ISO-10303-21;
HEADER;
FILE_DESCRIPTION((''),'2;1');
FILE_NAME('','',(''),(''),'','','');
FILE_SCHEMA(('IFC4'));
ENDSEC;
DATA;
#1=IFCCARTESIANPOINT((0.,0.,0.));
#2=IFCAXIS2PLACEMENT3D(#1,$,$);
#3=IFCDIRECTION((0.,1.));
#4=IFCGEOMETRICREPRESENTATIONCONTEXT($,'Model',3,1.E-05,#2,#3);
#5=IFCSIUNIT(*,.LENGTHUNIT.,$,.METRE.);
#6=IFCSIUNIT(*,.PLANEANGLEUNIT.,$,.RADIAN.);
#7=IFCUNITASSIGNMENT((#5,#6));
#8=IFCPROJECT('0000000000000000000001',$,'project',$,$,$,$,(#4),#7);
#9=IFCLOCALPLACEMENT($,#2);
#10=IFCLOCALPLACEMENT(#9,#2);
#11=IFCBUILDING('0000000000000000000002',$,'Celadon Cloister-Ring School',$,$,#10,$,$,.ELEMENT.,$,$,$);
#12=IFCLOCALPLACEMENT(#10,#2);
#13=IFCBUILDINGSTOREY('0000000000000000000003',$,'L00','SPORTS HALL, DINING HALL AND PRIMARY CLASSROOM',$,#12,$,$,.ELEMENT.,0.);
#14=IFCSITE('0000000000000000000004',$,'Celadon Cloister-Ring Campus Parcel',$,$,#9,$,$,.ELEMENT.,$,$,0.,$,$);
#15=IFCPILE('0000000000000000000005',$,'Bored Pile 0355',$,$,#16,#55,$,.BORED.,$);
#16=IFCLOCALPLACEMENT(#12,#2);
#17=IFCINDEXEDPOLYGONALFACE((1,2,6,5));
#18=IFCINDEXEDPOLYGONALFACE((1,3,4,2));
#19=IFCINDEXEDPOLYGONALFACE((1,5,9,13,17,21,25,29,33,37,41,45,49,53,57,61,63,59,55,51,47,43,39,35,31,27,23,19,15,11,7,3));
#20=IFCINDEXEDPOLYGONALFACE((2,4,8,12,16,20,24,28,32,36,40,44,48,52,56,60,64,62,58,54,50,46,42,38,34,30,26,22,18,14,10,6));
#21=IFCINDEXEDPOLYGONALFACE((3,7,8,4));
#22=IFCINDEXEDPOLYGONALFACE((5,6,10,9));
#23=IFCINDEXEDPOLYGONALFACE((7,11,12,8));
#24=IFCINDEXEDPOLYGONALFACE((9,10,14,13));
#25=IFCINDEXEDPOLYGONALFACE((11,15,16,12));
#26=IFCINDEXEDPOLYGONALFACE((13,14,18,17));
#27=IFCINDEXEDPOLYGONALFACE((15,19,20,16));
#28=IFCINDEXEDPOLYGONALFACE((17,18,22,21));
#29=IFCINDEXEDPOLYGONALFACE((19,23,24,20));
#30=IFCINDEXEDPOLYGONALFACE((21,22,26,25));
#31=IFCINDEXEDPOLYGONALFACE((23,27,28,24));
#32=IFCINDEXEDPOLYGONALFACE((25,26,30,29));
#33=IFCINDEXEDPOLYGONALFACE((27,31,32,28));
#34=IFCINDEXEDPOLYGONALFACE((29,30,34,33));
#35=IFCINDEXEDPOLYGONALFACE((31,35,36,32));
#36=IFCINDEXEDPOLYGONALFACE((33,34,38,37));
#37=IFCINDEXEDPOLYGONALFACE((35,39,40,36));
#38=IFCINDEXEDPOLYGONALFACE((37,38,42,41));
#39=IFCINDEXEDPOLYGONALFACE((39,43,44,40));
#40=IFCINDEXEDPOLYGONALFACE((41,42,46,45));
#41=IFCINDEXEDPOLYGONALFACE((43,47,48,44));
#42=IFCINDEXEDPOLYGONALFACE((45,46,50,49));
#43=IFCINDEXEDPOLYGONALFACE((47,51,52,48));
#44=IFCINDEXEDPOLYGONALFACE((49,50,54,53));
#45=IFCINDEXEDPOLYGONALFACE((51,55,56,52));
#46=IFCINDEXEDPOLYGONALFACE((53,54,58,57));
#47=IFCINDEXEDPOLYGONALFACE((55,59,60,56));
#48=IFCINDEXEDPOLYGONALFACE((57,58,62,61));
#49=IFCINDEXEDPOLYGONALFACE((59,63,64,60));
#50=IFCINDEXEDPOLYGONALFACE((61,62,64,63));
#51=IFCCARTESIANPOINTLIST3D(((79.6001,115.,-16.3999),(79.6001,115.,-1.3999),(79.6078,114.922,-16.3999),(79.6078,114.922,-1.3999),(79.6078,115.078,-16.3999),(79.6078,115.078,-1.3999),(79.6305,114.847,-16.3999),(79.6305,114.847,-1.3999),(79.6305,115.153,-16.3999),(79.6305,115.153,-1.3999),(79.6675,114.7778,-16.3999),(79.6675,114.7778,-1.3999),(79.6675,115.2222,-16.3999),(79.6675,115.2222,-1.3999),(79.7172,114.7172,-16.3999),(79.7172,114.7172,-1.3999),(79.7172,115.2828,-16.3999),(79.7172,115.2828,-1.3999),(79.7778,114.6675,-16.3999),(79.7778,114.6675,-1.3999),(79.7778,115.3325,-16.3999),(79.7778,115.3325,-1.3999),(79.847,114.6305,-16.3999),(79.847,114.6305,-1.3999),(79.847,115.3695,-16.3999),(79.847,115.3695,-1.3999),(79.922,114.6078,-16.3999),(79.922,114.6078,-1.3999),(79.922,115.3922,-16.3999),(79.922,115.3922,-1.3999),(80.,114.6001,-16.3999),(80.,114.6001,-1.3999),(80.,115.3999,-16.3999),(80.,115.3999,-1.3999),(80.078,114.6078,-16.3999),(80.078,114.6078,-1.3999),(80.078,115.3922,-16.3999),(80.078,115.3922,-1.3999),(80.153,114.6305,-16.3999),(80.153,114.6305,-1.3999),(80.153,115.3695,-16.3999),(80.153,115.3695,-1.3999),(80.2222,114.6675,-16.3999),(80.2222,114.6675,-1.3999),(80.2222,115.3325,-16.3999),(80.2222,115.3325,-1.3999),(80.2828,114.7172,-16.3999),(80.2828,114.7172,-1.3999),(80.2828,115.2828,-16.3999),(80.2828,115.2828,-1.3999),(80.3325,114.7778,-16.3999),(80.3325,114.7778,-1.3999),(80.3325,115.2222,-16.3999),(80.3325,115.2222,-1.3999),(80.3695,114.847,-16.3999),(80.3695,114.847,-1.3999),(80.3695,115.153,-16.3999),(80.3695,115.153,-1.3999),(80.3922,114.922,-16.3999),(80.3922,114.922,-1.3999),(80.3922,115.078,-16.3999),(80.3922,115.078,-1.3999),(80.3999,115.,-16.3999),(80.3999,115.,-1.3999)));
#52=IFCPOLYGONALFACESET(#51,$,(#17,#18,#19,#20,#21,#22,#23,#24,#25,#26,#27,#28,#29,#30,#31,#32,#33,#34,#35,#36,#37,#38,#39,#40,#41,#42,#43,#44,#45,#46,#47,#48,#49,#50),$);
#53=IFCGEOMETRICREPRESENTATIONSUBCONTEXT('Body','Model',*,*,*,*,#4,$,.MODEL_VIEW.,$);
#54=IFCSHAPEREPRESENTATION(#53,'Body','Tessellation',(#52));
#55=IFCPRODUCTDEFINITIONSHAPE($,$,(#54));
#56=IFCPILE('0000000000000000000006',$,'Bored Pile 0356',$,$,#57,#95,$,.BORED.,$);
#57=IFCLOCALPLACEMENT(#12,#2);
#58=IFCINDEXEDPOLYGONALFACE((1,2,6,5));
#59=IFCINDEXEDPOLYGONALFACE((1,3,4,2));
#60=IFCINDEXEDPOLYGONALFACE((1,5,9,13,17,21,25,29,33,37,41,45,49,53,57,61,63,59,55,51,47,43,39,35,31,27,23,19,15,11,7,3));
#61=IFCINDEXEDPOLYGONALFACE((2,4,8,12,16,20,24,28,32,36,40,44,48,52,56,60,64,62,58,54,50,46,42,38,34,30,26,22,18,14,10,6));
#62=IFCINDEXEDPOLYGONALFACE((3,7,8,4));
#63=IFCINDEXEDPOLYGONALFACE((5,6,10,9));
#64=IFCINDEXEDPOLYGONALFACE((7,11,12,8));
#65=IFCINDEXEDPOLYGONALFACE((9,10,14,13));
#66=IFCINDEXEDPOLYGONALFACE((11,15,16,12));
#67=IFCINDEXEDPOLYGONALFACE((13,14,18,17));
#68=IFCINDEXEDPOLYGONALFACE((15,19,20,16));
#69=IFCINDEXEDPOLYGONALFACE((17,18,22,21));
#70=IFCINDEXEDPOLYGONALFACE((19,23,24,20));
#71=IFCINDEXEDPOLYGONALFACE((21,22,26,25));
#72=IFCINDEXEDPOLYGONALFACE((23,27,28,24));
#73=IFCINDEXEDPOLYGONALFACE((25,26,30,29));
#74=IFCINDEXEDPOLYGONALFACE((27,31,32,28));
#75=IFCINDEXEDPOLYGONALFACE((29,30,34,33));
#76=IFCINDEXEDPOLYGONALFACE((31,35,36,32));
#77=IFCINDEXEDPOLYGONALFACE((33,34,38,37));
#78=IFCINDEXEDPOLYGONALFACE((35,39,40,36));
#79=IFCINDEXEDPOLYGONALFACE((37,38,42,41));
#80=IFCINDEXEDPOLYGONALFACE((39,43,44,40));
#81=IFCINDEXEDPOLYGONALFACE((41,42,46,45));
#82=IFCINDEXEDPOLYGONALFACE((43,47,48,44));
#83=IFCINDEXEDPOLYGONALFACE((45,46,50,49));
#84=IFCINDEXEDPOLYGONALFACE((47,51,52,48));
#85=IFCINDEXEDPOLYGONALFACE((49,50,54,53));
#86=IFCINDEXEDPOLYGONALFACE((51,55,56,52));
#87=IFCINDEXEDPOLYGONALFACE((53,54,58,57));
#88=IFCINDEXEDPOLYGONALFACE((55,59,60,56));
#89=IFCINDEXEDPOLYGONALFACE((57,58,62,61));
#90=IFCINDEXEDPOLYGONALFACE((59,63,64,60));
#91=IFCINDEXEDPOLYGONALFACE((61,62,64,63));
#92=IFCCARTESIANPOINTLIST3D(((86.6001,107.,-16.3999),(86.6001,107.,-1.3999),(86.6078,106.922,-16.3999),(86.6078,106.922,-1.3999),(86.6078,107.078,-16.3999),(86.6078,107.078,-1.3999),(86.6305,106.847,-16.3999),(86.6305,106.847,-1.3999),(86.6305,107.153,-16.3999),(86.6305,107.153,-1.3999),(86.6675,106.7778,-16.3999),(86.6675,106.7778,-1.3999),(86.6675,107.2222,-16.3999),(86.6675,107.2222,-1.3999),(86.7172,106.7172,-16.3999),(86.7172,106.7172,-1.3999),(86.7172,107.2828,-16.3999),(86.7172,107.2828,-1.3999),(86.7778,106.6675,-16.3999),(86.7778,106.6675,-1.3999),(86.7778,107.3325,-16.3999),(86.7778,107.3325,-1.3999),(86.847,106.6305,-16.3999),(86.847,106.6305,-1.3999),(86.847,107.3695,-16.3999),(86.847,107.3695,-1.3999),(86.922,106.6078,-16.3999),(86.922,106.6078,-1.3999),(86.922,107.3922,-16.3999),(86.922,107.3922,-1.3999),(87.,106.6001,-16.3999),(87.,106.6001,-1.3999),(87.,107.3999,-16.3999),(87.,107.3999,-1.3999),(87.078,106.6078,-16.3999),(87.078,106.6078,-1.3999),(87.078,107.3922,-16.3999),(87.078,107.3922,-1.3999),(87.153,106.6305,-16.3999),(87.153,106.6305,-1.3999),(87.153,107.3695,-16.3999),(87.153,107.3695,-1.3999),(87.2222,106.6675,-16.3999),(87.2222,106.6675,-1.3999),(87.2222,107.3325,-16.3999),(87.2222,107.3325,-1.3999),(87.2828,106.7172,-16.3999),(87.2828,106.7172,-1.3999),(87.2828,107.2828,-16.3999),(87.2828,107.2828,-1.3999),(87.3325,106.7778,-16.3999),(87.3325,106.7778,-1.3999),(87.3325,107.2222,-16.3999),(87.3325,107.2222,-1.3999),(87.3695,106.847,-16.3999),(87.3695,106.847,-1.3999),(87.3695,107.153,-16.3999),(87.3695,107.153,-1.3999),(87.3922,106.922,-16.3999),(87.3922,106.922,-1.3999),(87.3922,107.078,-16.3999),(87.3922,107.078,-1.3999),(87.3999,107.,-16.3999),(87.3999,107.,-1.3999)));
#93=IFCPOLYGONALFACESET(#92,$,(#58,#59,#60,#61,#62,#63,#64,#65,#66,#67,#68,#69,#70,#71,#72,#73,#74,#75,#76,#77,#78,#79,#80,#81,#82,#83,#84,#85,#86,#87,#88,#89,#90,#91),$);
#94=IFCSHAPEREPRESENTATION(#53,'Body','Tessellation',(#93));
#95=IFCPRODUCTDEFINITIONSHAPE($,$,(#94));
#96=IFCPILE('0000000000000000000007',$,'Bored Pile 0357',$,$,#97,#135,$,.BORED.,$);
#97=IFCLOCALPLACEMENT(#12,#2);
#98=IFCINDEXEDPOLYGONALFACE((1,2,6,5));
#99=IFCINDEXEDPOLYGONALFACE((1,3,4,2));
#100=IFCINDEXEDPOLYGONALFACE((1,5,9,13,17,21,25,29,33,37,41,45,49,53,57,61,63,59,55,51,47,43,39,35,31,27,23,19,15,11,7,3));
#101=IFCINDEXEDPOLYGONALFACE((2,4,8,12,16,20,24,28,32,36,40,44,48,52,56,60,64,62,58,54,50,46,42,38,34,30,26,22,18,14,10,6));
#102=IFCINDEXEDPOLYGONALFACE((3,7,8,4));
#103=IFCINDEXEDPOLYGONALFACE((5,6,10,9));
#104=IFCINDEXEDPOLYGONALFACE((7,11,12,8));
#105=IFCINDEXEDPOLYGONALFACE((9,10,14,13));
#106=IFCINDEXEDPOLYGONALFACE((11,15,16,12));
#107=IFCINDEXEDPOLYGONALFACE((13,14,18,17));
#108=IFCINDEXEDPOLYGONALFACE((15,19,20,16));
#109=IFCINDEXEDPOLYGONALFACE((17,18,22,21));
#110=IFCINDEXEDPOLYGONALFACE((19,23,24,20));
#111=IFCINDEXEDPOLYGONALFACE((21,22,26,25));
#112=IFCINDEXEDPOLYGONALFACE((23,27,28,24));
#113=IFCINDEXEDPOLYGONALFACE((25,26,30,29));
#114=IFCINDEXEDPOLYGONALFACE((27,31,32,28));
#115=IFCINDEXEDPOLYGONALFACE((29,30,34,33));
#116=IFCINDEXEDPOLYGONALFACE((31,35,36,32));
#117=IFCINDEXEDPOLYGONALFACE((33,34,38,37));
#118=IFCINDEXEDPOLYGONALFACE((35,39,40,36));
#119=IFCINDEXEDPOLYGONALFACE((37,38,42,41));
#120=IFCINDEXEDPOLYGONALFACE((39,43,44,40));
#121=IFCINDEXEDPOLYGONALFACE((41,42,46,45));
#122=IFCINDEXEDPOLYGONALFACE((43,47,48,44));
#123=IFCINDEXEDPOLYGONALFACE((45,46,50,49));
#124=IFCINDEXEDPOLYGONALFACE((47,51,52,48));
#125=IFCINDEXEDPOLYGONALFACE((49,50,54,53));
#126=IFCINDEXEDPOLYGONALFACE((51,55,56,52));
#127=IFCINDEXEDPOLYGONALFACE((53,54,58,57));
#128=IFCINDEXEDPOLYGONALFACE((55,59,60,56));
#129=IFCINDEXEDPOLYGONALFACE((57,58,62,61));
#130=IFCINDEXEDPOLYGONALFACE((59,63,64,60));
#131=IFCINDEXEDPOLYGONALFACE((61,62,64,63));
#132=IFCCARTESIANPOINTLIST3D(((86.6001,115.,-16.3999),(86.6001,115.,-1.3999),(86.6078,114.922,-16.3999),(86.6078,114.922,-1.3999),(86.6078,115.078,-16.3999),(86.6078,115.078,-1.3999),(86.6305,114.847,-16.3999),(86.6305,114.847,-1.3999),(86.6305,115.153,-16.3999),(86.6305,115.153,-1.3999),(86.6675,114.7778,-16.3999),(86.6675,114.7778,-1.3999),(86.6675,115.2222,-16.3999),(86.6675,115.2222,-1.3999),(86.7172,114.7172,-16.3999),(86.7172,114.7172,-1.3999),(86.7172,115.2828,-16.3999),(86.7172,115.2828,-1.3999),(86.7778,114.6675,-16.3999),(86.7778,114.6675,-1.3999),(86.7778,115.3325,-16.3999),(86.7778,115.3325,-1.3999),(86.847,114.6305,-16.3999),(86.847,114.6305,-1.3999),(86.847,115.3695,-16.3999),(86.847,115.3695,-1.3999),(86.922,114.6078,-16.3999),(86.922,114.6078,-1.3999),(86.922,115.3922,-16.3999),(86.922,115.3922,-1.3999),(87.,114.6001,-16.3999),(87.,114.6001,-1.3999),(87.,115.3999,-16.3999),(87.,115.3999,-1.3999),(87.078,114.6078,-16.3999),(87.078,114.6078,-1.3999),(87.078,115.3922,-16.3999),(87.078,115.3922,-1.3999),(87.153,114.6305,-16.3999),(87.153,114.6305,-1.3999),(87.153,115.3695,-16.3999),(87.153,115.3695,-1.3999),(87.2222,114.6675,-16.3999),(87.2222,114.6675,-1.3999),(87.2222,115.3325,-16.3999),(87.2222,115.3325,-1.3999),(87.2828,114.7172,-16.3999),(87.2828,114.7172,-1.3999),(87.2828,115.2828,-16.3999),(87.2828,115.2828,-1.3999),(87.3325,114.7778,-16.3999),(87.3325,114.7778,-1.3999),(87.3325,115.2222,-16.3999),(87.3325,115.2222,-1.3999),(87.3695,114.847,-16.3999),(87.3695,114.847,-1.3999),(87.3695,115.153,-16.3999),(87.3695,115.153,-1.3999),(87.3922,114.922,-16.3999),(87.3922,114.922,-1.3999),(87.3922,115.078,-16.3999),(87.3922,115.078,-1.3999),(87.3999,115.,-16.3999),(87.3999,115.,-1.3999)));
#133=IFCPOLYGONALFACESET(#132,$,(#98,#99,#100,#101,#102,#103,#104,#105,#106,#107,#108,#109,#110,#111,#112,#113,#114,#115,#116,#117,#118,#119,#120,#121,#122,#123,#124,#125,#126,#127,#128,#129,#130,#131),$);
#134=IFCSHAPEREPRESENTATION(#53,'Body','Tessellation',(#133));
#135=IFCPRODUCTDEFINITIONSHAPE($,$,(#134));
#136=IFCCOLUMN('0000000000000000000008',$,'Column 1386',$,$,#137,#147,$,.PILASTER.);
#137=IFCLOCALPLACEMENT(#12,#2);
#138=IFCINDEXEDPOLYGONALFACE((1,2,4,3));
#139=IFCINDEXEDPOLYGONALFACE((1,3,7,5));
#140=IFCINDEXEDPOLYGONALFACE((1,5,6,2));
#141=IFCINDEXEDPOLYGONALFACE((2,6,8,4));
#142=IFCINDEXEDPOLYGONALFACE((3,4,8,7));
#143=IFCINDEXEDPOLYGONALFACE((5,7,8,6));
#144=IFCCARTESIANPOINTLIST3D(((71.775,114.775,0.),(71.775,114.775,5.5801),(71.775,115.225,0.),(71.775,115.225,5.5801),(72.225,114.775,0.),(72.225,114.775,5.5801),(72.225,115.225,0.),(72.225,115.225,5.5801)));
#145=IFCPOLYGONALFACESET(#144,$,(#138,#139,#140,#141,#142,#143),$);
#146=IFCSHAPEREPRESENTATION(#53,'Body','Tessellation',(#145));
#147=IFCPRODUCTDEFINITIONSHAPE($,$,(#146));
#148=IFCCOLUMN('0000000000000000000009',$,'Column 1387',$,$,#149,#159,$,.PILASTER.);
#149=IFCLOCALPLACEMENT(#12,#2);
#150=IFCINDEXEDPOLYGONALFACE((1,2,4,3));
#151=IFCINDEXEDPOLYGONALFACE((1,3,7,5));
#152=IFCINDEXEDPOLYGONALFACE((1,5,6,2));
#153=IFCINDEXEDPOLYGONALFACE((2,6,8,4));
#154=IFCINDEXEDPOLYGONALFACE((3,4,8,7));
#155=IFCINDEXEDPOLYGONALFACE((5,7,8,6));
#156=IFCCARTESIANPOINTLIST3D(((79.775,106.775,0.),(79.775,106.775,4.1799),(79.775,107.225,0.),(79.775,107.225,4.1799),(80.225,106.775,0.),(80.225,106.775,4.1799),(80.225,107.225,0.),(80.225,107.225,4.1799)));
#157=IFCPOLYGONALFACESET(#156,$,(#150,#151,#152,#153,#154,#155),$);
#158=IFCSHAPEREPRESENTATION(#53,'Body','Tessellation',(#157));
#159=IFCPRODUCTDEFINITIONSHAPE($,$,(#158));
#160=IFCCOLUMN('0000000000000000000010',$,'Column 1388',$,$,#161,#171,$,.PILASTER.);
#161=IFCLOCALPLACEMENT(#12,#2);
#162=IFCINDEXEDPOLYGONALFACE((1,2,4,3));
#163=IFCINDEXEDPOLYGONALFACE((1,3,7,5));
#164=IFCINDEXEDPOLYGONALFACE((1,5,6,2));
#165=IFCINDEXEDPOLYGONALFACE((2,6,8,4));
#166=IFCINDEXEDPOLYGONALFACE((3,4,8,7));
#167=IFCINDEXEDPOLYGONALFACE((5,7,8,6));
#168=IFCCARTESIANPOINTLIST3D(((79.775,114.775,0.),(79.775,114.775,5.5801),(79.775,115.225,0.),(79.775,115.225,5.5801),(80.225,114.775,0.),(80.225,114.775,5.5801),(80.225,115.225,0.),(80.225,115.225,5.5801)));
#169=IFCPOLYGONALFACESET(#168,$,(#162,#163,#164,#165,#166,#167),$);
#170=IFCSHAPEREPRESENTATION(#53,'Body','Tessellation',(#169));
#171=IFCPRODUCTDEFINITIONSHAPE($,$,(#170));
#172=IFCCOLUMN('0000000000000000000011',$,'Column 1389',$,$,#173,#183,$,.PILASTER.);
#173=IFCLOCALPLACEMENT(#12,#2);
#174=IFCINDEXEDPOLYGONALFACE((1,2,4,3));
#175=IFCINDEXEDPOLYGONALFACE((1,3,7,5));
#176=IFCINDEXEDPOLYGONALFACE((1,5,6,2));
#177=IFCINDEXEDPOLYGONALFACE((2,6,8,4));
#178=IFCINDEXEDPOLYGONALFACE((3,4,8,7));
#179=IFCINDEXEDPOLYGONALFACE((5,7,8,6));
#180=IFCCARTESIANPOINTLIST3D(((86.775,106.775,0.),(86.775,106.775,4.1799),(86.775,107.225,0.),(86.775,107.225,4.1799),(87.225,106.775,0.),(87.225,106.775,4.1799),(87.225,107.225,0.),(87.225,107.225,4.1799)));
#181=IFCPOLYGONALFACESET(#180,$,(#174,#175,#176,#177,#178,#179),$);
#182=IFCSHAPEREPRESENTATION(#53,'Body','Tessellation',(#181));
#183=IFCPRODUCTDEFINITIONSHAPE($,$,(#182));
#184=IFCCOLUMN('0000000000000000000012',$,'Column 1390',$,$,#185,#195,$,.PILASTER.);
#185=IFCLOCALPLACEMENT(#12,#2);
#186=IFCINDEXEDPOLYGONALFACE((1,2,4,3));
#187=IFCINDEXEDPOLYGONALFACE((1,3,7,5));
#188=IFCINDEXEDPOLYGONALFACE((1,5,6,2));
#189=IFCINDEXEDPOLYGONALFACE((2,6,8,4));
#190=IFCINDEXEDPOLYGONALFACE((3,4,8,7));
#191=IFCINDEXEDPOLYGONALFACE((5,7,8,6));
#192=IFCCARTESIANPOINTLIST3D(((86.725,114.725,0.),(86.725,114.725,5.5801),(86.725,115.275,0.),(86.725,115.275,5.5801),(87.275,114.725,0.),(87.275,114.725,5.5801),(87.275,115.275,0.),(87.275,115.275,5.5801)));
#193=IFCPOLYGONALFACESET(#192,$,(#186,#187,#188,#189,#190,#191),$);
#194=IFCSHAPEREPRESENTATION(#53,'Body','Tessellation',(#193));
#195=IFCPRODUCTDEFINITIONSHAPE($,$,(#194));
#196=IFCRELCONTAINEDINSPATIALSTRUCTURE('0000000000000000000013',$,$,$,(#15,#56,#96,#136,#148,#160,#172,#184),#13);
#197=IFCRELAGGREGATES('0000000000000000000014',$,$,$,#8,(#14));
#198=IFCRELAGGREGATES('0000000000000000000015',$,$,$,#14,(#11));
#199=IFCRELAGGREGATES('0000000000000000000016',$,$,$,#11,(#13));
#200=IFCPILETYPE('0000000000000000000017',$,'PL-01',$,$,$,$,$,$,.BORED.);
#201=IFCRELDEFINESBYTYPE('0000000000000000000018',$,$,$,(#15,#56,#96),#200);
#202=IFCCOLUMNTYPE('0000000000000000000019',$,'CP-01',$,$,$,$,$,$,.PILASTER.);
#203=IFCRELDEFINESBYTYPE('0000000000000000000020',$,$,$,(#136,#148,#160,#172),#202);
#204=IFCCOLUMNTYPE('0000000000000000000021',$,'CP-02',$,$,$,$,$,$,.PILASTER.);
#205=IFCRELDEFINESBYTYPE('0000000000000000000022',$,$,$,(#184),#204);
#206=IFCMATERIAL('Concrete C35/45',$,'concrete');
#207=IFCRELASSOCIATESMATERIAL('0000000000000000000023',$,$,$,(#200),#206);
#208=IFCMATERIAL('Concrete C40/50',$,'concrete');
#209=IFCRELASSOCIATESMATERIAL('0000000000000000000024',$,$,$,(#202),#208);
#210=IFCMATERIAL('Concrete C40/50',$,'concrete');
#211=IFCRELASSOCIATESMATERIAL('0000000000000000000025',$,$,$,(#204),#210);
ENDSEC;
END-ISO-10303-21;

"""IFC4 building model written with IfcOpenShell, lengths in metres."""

from ifc_helpers import new_model, si_unit, direction, frame, origin, origin_2d, place, context, subcontext, project, spatial, rectangle, circle, extrude, material, material_profile, profile_set, type_object, element, save


model = new_model("IFC4")

# Units and contexts
model_context = context("Model", 3, precision=1e-05, world=origin(), true_north=direction((0.0, 1.0)))
body_context = subcontext(model_context, "Body", "Model", "MODEL_VIEW")
ifc_project = project(units=[si_unit("LENGTHUNIT", "METRE"), si_unit("PLANEANGLEUNIT", "RADIAN")], contexts=[model_context])

# Site, building, storey
site_placement = place(None, origin())
site = spatial("IfcSite", under=ifc_project, at=site_placement, Name="Celadon Cloister-Ring Campus Parcel", CompositionType="ELEMENT", RefElevation=0.0)
building_placement = place(site_placement, origin())
building = spatial("IfcBuilding", under=site, at=building_placement, Name="Celadon Cloister-Ring School", CompositionType="ELEMENT")
storey_placement = place(building_placement, origin())
storey = spatial("IfcBuildingStorey", under=building, at=storey_placement, Name="L00", Description="SPORTS HALL, DINING HALL AND PRIMARY CLASSROOM", CompositionType="ELEMENT", Elevation=0.0)

# Piles
ifc_material_1 = material(Name="Concrete C35/45", Category="concrete")
ifc_material_profile_1 = material_profile(ifc_material_1, circle(Radius=0.3999, at=origin_2d()), Name="PILE800")
ifc_profile_set_1 = profile_set([ifc_material_profile_1], Name="Concrete C35/45")
pile_type = type_object("IfcPileType", Name="PL-01", PredefinedType="BORED", material=ifc_profile_set_1)
for number, where, z_axis, x_axis, name in (
    (1, (80.0, 115.0, -1.3999), (0.0, 0.0, -1.0), (1.0, 0.0, 0.0), "Bored Pile 0355"),
    (2, (87.0, 107.0, -1.3999), (0.0, 0.0, -1.0), (1.0, 0.0, 0.0), "Bored Pile 0356"),
    (3, (87.0, 115.0, -1.3999), (0.0, 0.0, -1.0), (1.0, 0.0, 0.0), "Bored Pile 0357"),
):
    element("IfcPile", number, at=place(storey_placement, frame(where, z_axis=z_axis, x_axis=x_axis)), inside=storey, type_object=pile_type, Name=name, PredefinedType="BORED", context=body_context, shape_type="SweptSolid", body=[
        extrude(circle(Radius=0.3999, at=origin_2d()), origin(), (0.0, 0.0, 1.0), 15.0),
    ])

# Columns
ifc_material_2 = material(Name="Concrete C40/50", Category="concrete")
ifc_material_profile_2 = material_profile(ifc_material_2, rectangle(XDim=0.45, YDim=0.45, at=origin_2d()), Name="RC450X450")
ifc_profile_set_2 = profile_set([ifc_material_profile_2], Name="Concrete C40/50")
column_type_1 = type_object("IfcColumnType", Name="CP-01", PredefinedType="PILASTER", material=ifc_profile_set_2)
column_1_placement = place(storey_placement, frame((72.0, 115.0, 0.0), z_axis=(0.0, 0.0, 1.0), x_axis=(1.0, 0.0, 0.0)))
element("IfcColumn", 4, at=column_1_placement, inside=storey, type_object=column_type_1, Name="Column 1386", PredefinedType="PILASTER", context=body_context, shape_type="SweptSolid", body=[
    extrude(rectangle(XDim=0.45, YDim=0.45, at=origin_2d()), origin(), (0.0, 0.0, 1.0), 5.5801),
])
column_2_placement = place(storey_placement, frame((80.0, 107.0, 0.0), z_axis=(0.0, 0.0, 1.0), x_axis=(1.0, 0.0, 0.0)))
element("IfcColumn", 5, at=column_2_placement, inside=storey, type_object=column_type_1, Name="Column 1387", PredefinedType="PILASTER", context=body_context, shape_type="SweptSolid", body=[
    extrude(rectangle(XDim=0.45, YDim=0.45, at=origin_2d()), origin(), (0.0, 0.0, 1.0), 4.1799),
])
column_3_placement = place(storey_placement, frame((80.0, 115.0, 0.0), z_axis=(0.0, 0.0, 1.0), x_axis=(1.0, 0.0, 0.0)))
element("IfcColumn", 6, at=column_3_placement, inside=storey, type_object=column_type_1, Name="Column 1388", PredefinedType="PILASTER", context=body_context, shape_type="SweptSolid", body=[
    extrude(rectangle(XDim=0.45, YDim=0.45, at=origin_2d()), origin(), (0.0, 0.0, 1.0), 5.5801),
])
column_4_placement = place(storey_placement, frame((87.0, 107.0, 0.0), z_axis=(0.0, 0.0, 1.0), x_axis=(1.0, 0.0, 0.0)))
element("IfcColumn", 7, at=column_4_placement, inside=storey, type_object=column_type_1, Name="Column 1389", PredefinedType="PILASTER", context=body_context, shape_type="SweptSolid", body=[
    extrude(rectangle(XDim=0.45, YDim=0.45, at=origin_2d()), origin(), (0.0, 0.0, 1.0), 4.1799),
])
ifc_material_3 = material(Name="Concrete C40/50", Category="concrete")
ifc_material_profile_3 = material_profile(ifc_material_3, rectangle(XDim=0.55, YDim=0.55, at=origin_2d()), Name="RC550X550")
ifc_profile_set_3 = profile_set([ifc_material_profile_3], Name="Concrete C40/50")
column_type_2 = type_object("IfcColumnType", Name="CP-02", PredefinedType="PILASTER", material=ifc_profile_set_3)
column_5_placement = place(storey_placement, frame((87.0, 115.0, 0.0), z_axis=(0.0, 0.0, 1.0), x_axis=(1.0, 0.0, 0.0)))
element("IfcColumn", 8, at=column_5_placement, inside=storey, type_object=column_type_2, Name="Column 1390", PredefinedType="PILASTER", context=body_context, shape_type="SweptSolid", body=[
    extrude(rectangle(XDim=0.55, YDim=0.55, at=origin_2d()), origin(), (0.0, 0.0, 1.0), 5.5801),
])

save(model, "model.ifc")
